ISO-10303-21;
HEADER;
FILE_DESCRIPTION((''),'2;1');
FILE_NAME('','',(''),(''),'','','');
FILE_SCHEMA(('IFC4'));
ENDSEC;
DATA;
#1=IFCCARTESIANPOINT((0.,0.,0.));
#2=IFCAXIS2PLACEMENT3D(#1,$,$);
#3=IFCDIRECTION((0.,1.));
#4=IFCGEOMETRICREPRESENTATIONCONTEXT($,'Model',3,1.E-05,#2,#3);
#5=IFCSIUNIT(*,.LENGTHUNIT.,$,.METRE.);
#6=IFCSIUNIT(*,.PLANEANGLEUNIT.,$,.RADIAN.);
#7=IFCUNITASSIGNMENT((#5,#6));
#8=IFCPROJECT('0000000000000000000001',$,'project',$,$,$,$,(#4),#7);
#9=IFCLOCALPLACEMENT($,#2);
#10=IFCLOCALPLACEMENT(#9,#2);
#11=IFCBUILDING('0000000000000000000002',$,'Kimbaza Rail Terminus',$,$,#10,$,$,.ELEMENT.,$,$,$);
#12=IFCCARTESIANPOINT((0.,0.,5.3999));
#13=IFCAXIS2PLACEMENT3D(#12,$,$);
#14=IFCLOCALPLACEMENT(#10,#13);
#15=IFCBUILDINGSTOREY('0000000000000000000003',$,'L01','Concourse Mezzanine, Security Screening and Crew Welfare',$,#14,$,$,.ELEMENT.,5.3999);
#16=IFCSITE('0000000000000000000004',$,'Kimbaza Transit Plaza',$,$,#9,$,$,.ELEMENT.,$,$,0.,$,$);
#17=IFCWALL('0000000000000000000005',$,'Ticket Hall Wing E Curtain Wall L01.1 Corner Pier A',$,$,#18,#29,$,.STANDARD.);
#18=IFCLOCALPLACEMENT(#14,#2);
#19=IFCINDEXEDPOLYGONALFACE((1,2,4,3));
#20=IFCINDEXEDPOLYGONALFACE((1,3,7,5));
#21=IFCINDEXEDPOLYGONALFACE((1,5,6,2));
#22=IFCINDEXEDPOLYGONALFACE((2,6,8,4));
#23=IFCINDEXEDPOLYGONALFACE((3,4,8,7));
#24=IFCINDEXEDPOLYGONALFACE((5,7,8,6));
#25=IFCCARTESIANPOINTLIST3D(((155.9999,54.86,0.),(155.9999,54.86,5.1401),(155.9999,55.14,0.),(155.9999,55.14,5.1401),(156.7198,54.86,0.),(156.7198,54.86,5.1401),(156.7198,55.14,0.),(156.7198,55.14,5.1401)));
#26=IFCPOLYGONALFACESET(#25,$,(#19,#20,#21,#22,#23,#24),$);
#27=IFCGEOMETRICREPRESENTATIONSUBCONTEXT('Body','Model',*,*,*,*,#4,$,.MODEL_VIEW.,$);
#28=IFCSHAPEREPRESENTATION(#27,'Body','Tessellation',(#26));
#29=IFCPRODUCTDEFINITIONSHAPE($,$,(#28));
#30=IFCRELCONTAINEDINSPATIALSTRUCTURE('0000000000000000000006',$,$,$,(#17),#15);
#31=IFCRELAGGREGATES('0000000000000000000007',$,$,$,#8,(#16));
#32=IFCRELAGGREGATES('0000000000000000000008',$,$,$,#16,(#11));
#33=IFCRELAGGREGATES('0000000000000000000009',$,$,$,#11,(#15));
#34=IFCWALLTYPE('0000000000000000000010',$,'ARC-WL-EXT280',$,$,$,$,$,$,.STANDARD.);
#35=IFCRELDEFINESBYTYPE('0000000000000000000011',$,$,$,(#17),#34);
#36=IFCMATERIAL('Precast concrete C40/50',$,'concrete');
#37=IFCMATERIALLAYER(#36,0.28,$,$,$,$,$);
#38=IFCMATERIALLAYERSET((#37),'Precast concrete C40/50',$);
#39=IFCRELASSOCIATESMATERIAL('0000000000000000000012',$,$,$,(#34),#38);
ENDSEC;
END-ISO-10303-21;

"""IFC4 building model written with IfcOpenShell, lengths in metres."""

from ifc_helpers import new_model, si_unit, direction, frame, frame_2d, origin, place, context, subcontext, project, spatial, rectangle, extrude, material, layer, layer_set, type_object, element, save


model = new_model("IFC4")

# Units and contexts
model_context = context("Model", 3, precision=1e-05, world=origin(), true_north=direction((0.0, 1.0)))
body_context = subcontext(model_context, "Body", "Model", "MODEL_VIEW")
ifc_project = project(units=[si_unit("LENGTHUNIT", "METRE"), si_unit("PLANEANGLEUNIT", "RADIAN")], contexts=[model_context])

# Site, building, storey
site_placement = place(None, origin())
site = spatial("IfcSite", under=ifc_project, at=site_placement, Name="Kimbaza Transit Plaza", CompositionType="ELEMENT", RefElevation=0.0)
building_placement = place(site_placement, origin())
building = spatial("IfcBuilding", under=site, at=building_placement, Name="Kimbaza Rail Terminus", CompositionType="ELEMENT")
storey_placement = place(building_placement, frame((0.0, 0.0, 5.3999)))
storey = spatial("IfcBuildingStorey", under=building, at=storey_placement, Name="L01", Description="Concourse Mezzanine, Security Screening and Crew Welfare", CompositionType="ELEMENT", Elevation=5.3999)

# Wall
ifc_material_1 = material(Name="Precast concrete C40/50", Category="concrete")
ifc_layer_1 = layer(ifc_material_1, 0.28)
ifc_layer_set_1 = layer_set([ifc_layer_1], Name="Precast concrete C40/50")
wall_type = type_object("IfcWallType", Name="ARC-WL-EXT280", PredefinedType="STANDARD", material=ifc_layer_set_1)
wall_placement = place(storey_placement, frame((156.0, 55.0, 0.0), z_axis=(0.0, 0.0, 1.0), x_axis=(1.0, 0.0, 0.0)))
element("IfcWall", 1, at=wall_placement, inside=storey, type_object=wall_type, Name="Ticket Hall Wing E Curtain Wall L01.1 Corner Pier A", PredefinedType="STANDARD", context=body_context, shape_type="SweptSolid", body=[
    extrude(rectangle(XDim=0.72, YDim=0.28, at=frame_2d((0.3599, 0.0))), origin(), (0.0, 0.0, 1.0), 5.1401),
])

save(model, "model.ifc")
